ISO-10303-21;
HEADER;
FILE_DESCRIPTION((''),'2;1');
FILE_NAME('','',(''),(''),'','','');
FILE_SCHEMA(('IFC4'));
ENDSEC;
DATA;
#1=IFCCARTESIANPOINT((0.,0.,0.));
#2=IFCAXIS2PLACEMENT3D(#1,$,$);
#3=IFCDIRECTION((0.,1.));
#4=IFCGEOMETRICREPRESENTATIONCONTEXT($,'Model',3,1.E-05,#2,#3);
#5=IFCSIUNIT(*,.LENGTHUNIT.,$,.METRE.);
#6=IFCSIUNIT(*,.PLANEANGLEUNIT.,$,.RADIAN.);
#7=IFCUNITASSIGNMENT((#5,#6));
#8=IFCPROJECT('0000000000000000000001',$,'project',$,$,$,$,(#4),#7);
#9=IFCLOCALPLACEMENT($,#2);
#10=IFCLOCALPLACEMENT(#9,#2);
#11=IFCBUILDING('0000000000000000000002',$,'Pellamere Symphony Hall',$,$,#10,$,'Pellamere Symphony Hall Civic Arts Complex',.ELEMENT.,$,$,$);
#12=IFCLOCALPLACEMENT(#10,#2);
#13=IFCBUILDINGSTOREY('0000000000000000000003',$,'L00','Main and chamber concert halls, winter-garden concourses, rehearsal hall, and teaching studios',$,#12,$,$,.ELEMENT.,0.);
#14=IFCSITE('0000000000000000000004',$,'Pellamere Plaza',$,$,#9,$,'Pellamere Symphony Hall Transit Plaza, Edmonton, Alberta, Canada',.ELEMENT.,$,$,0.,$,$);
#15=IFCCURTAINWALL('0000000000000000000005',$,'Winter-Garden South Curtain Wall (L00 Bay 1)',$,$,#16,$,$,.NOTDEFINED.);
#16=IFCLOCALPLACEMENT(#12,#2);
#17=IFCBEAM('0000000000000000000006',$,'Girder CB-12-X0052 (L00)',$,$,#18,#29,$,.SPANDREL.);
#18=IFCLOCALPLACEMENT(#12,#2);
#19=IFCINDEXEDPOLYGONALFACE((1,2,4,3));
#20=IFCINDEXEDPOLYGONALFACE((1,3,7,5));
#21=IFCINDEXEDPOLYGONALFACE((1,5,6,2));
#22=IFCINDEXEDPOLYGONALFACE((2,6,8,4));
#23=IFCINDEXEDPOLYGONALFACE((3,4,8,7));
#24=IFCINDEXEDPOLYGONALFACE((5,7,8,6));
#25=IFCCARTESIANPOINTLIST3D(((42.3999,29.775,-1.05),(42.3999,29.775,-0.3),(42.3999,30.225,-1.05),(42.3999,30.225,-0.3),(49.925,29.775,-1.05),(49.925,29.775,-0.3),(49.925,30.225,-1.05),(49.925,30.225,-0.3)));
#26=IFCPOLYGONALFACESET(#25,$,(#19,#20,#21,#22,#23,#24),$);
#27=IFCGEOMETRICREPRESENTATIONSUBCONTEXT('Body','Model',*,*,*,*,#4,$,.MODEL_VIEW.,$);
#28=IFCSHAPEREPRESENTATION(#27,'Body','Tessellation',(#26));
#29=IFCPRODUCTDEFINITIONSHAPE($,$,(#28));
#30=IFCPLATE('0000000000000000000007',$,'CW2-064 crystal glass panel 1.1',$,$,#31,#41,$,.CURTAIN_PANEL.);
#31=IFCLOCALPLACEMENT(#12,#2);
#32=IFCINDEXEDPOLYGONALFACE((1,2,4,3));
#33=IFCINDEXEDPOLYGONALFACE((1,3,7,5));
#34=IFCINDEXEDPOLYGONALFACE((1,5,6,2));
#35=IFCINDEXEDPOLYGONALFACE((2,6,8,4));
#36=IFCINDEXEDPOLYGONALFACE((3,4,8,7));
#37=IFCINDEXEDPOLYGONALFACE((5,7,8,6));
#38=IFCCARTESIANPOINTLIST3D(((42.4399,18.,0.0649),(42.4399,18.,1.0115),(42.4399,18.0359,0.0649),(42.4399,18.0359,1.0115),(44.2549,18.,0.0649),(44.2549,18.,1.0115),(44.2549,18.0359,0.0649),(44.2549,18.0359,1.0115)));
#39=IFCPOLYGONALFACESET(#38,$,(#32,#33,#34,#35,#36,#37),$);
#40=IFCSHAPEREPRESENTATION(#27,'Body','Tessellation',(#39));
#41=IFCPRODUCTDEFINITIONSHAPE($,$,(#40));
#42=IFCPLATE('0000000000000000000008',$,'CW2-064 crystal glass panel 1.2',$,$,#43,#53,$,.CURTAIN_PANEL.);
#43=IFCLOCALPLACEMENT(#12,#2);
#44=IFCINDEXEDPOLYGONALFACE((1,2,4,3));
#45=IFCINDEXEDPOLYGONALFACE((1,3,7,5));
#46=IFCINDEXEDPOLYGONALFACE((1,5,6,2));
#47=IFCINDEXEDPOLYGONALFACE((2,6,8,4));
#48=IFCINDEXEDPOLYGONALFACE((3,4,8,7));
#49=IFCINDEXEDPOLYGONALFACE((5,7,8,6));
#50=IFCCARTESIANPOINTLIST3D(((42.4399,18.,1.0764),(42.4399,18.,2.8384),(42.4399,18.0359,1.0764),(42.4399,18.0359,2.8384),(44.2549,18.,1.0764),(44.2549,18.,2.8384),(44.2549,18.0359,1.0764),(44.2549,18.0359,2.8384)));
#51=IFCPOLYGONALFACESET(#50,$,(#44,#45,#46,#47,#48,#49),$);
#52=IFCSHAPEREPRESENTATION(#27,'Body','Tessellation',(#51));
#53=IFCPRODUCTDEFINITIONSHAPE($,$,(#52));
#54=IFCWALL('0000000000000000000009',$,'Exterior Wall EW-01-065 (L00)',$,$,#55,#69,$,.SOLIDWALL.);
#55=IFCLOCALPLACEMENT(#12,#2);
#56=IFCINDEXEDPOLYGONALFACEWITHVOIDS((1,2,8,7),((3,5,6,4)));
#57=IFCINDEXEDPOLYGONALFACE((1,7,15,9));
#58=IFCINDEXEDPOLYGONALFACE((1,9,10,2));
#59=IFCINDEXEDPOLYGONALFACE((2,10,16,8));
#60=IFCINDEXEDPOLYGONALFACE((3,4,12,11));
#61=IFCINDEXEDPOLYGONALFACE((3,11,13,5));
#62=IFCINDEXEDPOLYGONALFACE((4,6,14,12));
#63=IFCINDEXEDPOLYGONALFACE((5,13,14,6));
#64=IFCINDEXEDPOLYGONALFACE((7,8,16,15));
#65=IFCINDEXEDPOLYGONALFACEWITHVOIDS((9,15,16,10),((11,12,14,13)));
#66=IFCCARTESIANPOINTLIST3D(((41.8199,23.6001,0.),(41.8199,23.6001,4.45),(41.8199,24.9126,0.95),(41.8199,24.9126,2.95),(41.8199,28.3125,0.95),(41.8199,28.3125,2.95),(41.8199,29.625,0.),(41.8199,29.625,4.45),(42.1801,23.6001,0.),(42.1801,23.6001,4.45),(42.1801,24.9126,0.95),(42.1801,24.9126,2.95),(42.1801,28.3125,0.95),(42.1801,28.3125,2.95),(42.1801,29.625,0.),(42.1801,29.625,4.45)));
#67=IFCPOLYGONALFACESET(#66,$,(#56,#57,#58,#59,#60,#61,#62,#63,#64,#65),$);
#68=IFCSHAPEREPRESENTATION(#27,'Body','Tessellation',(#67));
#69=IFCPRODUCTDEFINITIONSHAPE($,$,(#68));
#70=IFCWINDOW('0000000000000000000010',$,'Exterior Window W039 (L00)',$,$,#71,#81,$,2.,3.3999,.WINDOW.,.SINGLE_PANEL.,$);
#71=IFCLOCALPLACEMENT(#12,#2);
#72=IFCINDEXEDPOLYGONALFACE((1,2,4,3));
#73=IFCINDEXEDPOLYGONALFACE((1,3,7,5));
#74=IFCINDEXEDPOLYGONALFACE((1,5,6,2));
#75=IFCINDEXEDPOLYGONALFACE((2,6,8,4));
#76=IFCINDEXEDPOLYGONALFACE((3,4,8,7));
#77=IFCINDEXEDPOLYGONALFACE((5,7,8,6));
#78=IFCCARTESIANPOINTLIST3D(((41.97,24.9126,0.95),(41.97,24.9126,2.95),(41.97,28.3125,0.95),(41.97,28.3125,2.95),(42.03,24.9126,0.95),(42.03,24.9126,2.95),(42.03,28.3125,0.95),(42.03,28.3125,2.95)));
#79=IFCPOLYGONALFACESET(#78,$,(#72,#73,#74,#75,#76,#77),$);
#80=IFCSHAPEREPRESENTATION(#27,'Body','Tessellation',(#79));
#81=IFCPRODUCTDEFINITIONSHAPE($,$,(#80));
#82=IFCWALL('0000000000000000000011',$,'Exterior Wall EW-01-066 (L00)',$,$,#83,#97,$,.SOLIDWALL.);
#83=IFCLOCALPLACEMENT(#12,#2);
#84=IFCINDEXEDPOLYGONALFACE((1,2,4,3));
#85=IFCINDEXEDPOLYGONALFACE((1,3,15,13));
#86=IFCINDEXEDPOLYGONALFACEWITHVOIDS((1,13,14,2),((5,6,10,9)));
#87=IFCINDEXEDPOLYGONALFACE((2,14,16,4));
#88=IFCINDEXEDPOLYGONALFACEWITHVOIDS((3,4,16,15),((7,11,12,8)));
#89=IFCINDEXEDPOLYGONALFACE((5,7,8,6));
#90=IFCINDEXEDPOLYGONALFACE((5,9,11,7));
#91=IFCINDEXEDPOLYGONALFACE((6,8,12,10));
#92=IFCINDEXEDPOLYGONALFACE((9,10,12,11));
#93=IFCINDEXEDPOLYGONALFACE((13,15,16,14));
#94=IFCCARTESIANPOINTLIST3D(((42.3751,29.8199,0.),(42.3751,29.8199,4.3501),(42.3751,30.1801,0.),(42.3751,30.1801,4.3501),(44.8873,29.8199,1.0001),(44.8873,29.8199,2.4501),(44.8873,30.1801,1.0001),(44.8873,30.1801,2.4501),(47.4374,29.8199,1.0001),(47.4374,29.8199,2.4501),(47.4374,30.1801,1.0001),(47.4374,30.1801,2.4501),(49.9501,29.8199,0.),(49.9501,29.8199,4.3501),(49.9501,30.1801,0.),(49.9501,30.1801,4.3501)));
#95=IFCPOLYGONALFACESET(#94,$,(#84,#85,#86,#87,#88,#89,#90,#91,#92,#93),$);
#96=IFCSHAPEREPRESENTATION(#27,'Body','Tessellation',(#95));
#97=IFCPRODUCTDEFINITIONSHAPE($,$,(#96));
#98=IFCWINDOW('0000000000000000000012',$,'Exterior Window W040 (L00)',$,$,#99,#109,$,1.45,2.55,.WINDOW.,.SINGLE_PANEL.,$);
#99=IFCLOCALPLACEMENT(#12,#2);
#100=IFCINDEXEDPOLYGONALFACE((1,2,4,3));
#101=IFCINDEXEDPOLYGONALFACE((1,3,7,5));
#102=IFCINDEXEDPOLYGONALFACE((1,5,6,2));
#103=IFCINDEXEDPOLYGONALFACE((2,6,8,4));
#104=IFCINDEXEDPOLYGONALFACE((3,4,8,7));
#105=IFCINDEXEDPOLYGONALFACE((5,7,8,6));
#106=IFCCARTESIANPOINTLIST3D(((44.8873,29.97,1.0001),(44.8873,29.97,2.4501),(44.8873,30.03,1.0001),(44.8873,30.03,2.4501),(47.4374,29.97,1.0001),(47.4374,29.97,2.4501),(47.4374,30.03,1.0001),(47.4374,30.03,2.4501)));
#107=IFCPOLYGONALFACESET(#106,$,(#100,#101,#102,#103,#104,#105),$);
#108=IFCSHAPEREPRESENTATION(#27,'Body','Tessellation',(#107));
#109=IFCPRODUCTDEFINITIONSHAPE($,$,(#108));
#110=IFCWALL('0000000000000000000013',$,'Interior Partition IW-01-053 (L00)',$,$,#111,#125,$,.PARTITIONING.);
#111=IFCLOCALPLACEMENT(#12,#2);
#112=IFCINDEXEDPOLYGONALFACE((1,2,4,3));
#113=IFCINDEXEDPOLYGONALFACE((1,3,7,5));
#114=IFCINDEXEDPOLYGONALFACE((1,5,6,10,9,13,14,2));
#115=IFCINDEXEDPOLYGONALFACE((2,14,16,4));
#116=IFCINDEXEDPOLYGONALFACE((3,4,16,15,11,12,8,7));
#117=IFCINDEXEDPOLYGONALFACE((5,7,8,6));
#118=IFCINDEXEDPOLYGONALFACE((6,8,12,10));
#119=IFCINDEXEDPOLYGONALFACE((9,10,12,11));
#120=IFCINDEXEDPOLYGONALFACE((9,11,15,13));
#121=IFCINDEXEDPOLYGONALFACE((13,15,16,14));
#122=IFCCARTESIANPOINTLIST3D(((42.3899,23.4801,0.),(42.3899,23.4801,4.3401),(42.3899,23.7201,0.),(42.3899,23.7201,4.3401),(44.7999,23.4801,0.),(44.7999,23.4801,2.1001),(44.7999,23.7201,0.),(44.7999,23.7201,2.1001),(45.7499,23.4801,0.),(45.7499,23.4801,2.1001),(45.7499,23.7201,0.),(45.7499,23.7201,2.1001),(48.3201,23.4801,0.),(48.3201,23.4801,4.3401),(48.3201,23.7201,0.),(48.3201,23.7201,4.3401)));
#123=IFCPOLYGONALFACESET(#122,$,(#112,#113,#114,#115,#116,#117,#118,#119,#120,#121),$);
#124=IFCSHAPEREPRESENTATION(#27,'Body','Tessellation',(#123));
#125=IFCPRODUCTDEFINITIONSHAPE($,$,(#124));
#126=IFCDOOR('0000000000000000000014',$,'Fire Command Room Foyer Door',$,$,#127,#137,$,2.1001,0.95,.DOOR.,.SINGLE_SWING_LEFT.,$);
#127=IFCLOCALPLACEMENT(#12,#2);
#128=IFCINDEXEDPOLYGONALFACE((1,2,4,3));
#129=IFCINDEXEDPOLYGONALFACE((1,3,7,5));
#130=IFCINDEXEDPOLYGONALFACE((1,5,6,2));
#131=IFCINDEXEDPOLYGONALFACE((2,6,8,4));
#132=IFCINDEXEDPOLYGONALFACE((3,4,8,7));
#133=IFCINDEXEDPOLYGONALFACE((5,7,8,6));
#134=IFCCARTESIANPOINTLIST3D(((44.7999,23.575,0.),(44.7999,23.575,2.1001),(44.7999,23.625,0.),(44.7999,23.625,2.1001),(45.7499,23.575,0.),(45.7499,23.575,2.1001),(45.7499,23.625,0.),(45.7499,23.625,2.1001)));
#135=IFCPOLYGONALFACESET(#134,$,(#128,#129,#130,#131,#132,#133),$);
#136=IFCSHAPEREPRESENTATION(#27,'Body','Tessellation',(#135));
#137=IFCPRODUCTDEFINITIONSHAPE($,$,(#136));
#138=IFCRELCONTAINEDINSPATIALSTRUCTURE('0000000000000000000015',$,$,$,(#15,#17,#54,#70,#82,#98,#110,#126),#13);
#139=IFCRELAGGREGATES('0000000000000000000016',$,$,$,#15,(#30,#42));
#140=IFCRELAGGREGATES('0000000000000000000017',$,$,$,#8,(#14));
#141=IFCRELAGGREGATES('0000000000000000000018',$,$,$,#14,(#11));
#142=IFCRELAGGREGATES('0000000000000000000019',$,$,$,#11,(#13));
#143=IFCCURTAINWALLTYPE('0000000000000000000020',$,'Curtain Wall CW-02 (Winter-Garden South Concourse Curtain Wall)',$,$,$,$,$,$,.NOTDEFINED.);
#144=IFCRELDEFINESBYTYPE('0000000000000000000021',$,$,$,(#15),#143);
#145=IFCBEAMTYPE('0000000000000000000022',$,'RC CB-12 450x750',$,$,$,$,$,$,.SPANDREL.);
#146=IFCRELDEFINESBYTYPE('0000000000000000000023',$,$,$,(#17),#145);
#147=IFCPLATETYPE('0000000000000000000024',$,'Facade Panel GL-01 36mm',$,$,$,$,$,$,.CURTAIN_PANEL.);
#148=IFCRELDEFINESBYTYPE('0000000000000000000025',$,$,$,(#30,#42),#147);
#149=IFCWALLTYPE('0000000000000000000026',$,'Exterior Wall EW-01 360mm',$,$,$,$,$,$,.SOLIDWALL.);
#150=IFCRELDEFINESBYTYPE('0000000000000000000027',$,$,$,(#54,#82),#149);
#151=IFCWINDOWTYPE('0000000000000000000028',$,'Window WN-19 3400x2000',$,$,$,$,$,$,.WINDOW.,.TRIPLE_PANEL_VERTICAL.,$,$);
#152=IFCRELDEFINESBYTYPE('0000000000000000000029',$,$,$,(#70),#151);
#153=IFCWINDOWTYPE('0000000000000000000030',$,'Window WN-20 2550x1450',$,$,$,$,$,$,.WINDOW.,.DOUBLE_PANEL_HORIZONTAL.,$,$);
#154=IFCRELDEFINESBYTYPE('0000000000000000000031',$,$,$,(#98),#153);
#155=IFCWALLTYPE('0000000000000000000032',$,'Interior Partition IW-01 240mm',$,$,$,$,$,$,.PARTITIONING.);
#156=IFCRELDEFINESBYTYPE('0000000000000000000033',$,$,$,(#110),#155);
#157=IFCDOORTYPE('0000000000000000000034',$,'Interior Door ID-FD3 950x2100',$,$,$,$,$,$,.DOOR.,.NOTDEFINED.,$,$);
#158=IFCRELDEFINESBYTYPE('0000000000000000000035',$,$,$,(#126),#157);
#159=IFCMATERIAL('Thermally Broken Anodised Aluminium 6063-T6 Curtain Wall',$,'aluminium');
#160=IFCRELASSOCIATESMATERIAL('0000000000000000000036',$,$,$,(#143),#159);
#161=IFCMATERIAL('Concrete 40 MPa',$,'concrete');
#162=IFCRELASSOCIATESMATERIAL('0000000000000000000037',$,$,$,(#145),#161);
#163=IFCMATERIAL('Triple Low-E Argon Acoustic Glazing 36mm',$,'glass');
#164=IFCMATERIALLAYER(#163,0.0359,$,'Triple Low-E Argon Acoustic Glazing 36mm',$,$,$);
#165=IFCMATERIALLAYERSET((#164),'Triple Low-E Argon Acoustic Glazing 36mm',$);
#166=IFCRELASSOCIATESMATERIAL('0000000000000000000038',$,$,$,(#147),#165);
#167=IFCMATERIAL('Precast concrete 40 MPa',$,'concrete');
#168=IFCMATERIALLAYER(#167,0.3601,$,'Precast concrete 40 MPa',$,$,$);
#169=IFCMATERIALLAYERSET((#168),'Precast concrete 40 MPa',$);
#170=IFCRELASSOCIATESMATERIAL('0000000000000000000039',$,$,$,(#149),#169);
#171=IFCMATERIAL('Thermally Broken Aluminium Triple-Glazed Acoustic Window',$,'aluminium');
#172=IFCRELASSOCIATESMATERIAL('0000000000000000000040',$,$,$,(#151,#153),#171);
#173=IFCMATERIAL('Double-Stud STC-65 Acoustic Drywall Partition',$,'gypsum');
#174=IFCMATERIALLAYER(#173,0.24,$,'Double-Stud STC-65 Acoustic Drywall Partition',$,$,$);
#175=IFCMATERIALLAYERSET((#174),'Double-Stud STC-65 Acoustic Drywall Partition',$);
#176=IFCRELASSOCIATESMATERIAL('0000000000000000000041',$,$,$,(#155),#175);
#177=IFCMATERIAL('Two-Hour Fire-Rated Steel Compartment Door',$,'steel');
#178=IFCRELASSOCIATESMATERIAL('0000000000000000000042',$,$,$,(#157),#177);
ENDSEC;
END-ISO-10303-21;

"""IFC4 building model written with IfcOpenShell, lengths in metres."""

from ifc_helpers import new_model, si_unit, direction, frame, frame_2d, origin, origin_2d, place, context, subcontext, project, spatial, polyline, rectangle, outline, extrude, material, layer, layer_set, material_profile, profile_set, type_object, element, fill, aggregate, save


model = new_model("IFC4")

# Units and contexts
model_context = context("Model", 3, precision=1e-05, world=origin(), true_north=direction((0.0, 1.0)))
body_context = subcontext(model_context, "Body", "Model", "MODEL_VIEW")
ifc_project = project(units=[si_unit("LENGTHUNIT", "METRE"), si_unit("PLANEANGLEUNIT", "RADIAN")], contexts=[model_context])

# Site, building, storey
site_placement = place(None, origin())
site = spatial("IfcSite", under=ifc_project, at=site_placement, Name="Pellamere Plaza", LongName="Pellamere Symphony Hall Transit Plaza, Edmonton, Alberta, Canada", CompositionType="ELEMENT", RefElevation=0.0)
building_placement = place(site_placement, origin())
building = spatial("IfcBuilding", under=site, at=building_placement, Name="Pellamere Symphony Hall", LongName="Pellamere Symphony Hall Civic Arts Complex", CompositionType="ELEMENT")
storey_placement = place(building_placement, origin())
storey = spatial("IfcBuildingStorey", under=building, at=storey_placement, Name="L00", Description="Main and chamber concert halls, winter-garden concourses, rehearsal hall, and teaching studios", CompositionType="ELEMENT", Elevation=0.0)

# Shared definitions
ifc_material_1 = material(Name="Concrete 40 MPa", Category="concrete")

# Curtain wall
ifc_material_2 = material(Name="Thermally Broken Anodised Aluminium 6063-T6 Curtain Wall", Category="aluminium")
curtain_wall_type = type_object("IfcCurtainWallType", Name="Curtain Wall CW-02 (Winter-Garden South Concourse Curtain Wall)", PredefinedType="NOTDEFINED", material=ifc_material_2)
curtain_wall_placement = place(storey_placement, origin())
curtain_wall = element("IfcCurtainWall", 1, at=curtain_wall_placement, inside=storey, type_object=curtain_wall_type, Name="Winter-Garden South Curtain Wall (L00 Bay 1)", PredefinedType="NOTDEFINED")

# Beam
ifc_material_profile_1 = material_profile(ifc_material_1, rectangle(XDim=0.45, YDim=0.75, at=origin_2d()), Name="RC 450x750")
ifc_profile_set_1 = profile_set([ifc_material_profile_1], Name="Concrete 40 MPa")
beam_type_1 = type_object("IfcBeamType", Name="RC CB-12 450x750", PredefinedType="SPANDREL", material=ifc_profile_set_1)
beam_1_placement = place(storey_placement, frame((42.3999, 30.0, -0.675), z_axis=(1.0, 0.0, 0.0), x_axis=(0.0, 1.0, 0.0)))
element("IfcBeam", 2, at=beam_1_placement, inside=storey, type_object=beam_type_1, Name="Girder CB-12-X0052 (L00)", PredefinedType="SPANDREL", context=body_context, shape_type="SweptSolid", body=[
    extrude(rectangle(XDim=0.45, YDim=0.75, at=origin_2d()), origin(), (0.0, 0.0, 1.0), 7.5251),
])

# Plates
ifc_material_3 = material(Name="Triple Low-E Argon Acoustic Glazing 36mm", Category="glass")
ifc_layer_1 = layer(ifc_material_3, 0.0359, Name="Triple Low-E Argon Acoustic Glazing 36mm")
ifc_layer_set_1 = layer_set([ifc_layer_1], Name="Triple Low-E Argon Acoustic Glazing 36mm")
plate_type = type_object("IfcPlateType", Name="Facade Panel GL-01 36mm", PredefinedType="CURTAIN_PANEL", material=ifc_layer_set_1)
plate_1_placement = place(storey_placement, frame((42.4399, 18.0, 0.0649), z_axis=(0.0, -1.0, 0.0), x_axis=(1.0, 0.0, 0.0)))
plate_1 = element("IfcPlate", 3, at=plate_1_placement, type_object=plate_type, Name="CW2-064 crystal glass panel 1.1", PredefinedType="CURTAIN_PANEL", context=body_context, shape_type="SweptSolid", body=[
    extrude(outline(polyline([(0.0, 0.0), (1.8149, 0.0), (1.8149, 0.9465), (0.0, 0.9465), (0.0, 0.0)])), origin(), (0.0, 0.0, -1.0), 0.0359),
])
plate_2_placement = place(storey_placement, frame((42.4399, 18.0, 1.0764), z_axis=(0.0, -1.0, 0.0), x_axis=(1.0, 0.0, 0.0)))
plate_2 = element("IfcPlate", 4, at=plate_2_placement, type_object=plate_type, Name="CW2-064 crystal glass panel 1.2", PredefinedType="CURTAIN_PANEL", context=body_context, shape_type="SweptSolid", body=[
    extrude(outline(polyline([(0.0, 0.0), (1.8149, 0.0), (1.8149, 1.762), (0.0, 1.762), (0.0, 0.0)])), origin(), (0.0, 0.0, -1.0), 0.0359),
])
aggregate(curtain_wall, [plate_1, plate_2])

# Walls, openings, windows
ifc_material_4 = material(Name="Precast concrete 40 MPa", Category="concrete")
ifc_layer_2 = layer(ifc_material_4, 0.3601, Name="Precast concrete 40 MPa")
ifc_layer_set_2 = layer_set([ifc_layer_2], Name="Precast concrete 40 MPa")
wall_type_1 = type_object("IfcWallType", Name="Exterior Wall EW-01 360mm", PredefinedType="SOLIDWALL", material=ifc_layer_set_2)
wall_1_placement = place(storey_placement, frame((42.0, 23.6001, 0.0), z_axis=(0.0, 0.0, 1.0), x_axis=(0.0, 1.0, 0.0)))
wall_1 = element("IfcWall", 5, at=wall_1_placement, inside=storey, type_object=wall_type_1, Name="Exterior Wall EW-01-065 (L00)", PredefinedType="SOLIDWALL", context=body_context, shape_type="SweptSolid", body=[
    extrude(rectangle(XDim=6.0249, YDim=0.3601, at=frame_2d((3.0125, 0.0))), origin(), (0.0, 0.0, 1.0), 4.45),
])
opening_1_placement = place(wall_1_placement, frame((1.3125, 0.0, 0.95)))
opening_1 = element("IfcOpeningElement", 6, at=opening_1_placement, cuts=wall_1, PredefinedType="OPENING", context=body_context, shape_type="SweptSolid", body=[
    extrude(rectangle(XDim=3.3999, YDim=2.0, at=frame_2d((1.7, 1.0))), frame((0.0, 0.1899, 0.0), z_axis=(0.0, -1.0, 0.0), x_axis=(1.0, 0.0, 0.0)), (0.0, 0.0, 1.0), 0.3801),
])
ifc_material_5 = material(Name="Thermally Broken Aluminium Triple-Glazed Acoustic Window", Category="aluminium")
window_type_1 = type_object("IfcWindowType", Name="Window WN-19 3400x2000", PartitioningType="TRIPLE_PANEL_VERTICAL", PredefinedType="WINDOW", material=ifc_material_5)
window_1_placement = place(opening_1_placement, origin())
window_1 = element("IfcWindow", 7, at=window_1_placement, inside=storey, type_object=window_type_1, Name="Exterior Window W039 (L00)", OverallHeight=2.0, OverallWidth=3.3999, PartitioningType="SINGLE_PANEL", PredefinedType="WINDOW", context=body_context, shape_type="SweptSolid", body=[
    extrude(rectangle(XDim=3.3999, YDim=2.0, at=frame_2d((1.7, 1.0))), frame((0.0, 0.03, 0.0), z_axis=(0.0, -1.0, 0.0), x_axis=(1.0, 0.0, 0.0)), (0.0, 0.0, 1.0), 0.0601),
])
fill(opening_1, window_1)
wall_2_placement = place(storey_placement, frame((42.375, 30.0, 0.0), z_axis=(0.0, 0.0, 1.0), x_axis=(1.0, 0.0, 0.0)))
wall_2 = element("IfcWall", 8, at=wall_2_placement, inside=storey, type_object=wall_type_1, Name="Exterior Wall EW-01-066 (L00)", PredefinedType="SOLIDWALL", context=body_context, shape_type="SweptSolid", body=[
    extrude(rectangle(XDim=7.575, YDim=0.3601, at=frame_2d((3.7876, 0.0))), origin(), (0.0, 0.0, 1.0), 4.3501),
])
opening_2_placement = place(wall_2_placement, frame((2.5125, 0.0, 1.0)))
opening_2 = element("IfcOpeningElement", 9, at=opening_2_placement, cuts=wall_2, PredefinedType="OPENING", context=body_context, shape_type="SweptSolid", body=[
    extrude(rectangle(XDim=2.55, YDim=1.45, at=frame_2d((1.2749, 0.7251))), frame((0.0, 0.1899, 0.0), z_axis=(0.0, -1.0, 0.0), x_axis=(1.0, 0.0, 0.0)), (0.0, 0.0, 1.0), 0.3801),
])
window_type_2 = type_object("IfcWindowType", Name="Window WN-20 2550x1450", PartitioningType="DOUBLE_PANEL_HORIZONTAL", PredefinedType="WINDOW", material=ifc_material_5)
window_2_placement = place(opening_2_placement, origin())
window_2 = element("IfcWindow", 10, at=window_2_placement, inside=storey, type_object=window_type_2, Name="Exterior Window W040 (L00)", OverallHeight=1.45, OverallWidth=2.55, PartitioningType="SINGLE_PANEL", PredefinedType="WINDOW", context=body_context, shape_type="SweptSolid", body=[
    extrude(rectangle(XDim=2.55, YDim=1.45, at=frame_2d((1.2749, 0.7251))), frame((0.0, 0.03, 0.0), z_axis=(0.0, -1.0, 0.0), x_axis=(1.0, 0.0, 0.0)), (0.0, 0.0, 1.0), 0.0601),
])
fill(opening_2, window_2)

# Wall, opening, door
ifc_material_6 = material(Name="Double-Stud STC-65 Acoustic Drywall Partition", Category="gypsum")
ifc_layer_3 = layer(ifc_material_6, 0.24, Name="Double-Stud STC-65 Acoustic Drywall Partition")
ifc_layer_set_3 = layer_set([ifc_layer_3], Name="Double-Stud STC-65 Acoustic Drywall Partition")
wall_type_2 = type_object("IfcWallType", Name="Interior Partition IW-01 240mm", PredefinedType="PARTITIONING", material=ifc_layer_set_3)
wall_3_placement = place(storey_placement, frame((42.3899, 23.6001, 0.0), z_axis=(0.0, 0.0, 1.0), x_axis=(1.0, 0.0, 0.0)))
wall_3 = element("IfcWall", 11, at=wall_3_placement, inside=storey, type_object=wall_type_2, Name="Interior Partition IW-01-053 (L00)", PredefinedType="PARTITIONING", context=body_context, shape_type="SweptSolid", body=[
    extrude(rectangle(XDim=5.9302, YDim=0.24, at=frame_2d((2.9651, 0.0))), origin(), (0.0, 0.0, 1.0), 4.3401),
])
opening_3_placement = place(wall_3_placement, frame((2.4099, 0.0, 0.0)))
opening_3 = element("IfcOpeningElement", 12, at=opening_3_placement, cuts=wall_3, PredefinedType="OPENING", context=body_context, shape_type="SweptSolid", body=[
    extrude(rectangle(XDim=0.95, YDim=2.1001, at=frame_2d((0.4751, 1.05))), frame((0.0, 0.1299, 0.0), z_axis=(0.0, -1.0, 0.0), x_axis=(1.0, 0.0, 0.0)), (0.0, 0.0, 1.0), 0.26),
])
ifc_material_7 = material(Name="Two-Hour Fire-Rated Steel Compartment Door", Category="steel")
door_type_1 = type_object("IfcDoorType", Name="Interior Door ID-FD3 950x2100", OperationType="NOTDEFINED", PredefinedType="DOOR", material=ifc_material_7)
door_1_placement = place(opening_3_placement, origin())
door_1 = element("IfcDoor", 13, at=door_1_placement, inside=storey, type_object=door_type_1, Name="Fire Command Room Foyer Door", OperationType="SINGLE_SWING_LEFT", OverallHeight=2.1001, OverallWidth=0.95, PredefinedType="DOOR", context=body_context, shape_type="SweptSolid", body=[
    extrude(rectangle(XDim=0.95, YDim=2.1001, at=frame_2d((0.4751, 1.05))), frame((0.0, 0.0249, 0.0), z_axis=(0.0, -1.0, 0.0), x_axis=(1.0, 0.0, 0.0)), (0.0, 0.0, 1.0), 0.05),
])
fill(opening_3, door_1)

save(model, "model.ifc")
